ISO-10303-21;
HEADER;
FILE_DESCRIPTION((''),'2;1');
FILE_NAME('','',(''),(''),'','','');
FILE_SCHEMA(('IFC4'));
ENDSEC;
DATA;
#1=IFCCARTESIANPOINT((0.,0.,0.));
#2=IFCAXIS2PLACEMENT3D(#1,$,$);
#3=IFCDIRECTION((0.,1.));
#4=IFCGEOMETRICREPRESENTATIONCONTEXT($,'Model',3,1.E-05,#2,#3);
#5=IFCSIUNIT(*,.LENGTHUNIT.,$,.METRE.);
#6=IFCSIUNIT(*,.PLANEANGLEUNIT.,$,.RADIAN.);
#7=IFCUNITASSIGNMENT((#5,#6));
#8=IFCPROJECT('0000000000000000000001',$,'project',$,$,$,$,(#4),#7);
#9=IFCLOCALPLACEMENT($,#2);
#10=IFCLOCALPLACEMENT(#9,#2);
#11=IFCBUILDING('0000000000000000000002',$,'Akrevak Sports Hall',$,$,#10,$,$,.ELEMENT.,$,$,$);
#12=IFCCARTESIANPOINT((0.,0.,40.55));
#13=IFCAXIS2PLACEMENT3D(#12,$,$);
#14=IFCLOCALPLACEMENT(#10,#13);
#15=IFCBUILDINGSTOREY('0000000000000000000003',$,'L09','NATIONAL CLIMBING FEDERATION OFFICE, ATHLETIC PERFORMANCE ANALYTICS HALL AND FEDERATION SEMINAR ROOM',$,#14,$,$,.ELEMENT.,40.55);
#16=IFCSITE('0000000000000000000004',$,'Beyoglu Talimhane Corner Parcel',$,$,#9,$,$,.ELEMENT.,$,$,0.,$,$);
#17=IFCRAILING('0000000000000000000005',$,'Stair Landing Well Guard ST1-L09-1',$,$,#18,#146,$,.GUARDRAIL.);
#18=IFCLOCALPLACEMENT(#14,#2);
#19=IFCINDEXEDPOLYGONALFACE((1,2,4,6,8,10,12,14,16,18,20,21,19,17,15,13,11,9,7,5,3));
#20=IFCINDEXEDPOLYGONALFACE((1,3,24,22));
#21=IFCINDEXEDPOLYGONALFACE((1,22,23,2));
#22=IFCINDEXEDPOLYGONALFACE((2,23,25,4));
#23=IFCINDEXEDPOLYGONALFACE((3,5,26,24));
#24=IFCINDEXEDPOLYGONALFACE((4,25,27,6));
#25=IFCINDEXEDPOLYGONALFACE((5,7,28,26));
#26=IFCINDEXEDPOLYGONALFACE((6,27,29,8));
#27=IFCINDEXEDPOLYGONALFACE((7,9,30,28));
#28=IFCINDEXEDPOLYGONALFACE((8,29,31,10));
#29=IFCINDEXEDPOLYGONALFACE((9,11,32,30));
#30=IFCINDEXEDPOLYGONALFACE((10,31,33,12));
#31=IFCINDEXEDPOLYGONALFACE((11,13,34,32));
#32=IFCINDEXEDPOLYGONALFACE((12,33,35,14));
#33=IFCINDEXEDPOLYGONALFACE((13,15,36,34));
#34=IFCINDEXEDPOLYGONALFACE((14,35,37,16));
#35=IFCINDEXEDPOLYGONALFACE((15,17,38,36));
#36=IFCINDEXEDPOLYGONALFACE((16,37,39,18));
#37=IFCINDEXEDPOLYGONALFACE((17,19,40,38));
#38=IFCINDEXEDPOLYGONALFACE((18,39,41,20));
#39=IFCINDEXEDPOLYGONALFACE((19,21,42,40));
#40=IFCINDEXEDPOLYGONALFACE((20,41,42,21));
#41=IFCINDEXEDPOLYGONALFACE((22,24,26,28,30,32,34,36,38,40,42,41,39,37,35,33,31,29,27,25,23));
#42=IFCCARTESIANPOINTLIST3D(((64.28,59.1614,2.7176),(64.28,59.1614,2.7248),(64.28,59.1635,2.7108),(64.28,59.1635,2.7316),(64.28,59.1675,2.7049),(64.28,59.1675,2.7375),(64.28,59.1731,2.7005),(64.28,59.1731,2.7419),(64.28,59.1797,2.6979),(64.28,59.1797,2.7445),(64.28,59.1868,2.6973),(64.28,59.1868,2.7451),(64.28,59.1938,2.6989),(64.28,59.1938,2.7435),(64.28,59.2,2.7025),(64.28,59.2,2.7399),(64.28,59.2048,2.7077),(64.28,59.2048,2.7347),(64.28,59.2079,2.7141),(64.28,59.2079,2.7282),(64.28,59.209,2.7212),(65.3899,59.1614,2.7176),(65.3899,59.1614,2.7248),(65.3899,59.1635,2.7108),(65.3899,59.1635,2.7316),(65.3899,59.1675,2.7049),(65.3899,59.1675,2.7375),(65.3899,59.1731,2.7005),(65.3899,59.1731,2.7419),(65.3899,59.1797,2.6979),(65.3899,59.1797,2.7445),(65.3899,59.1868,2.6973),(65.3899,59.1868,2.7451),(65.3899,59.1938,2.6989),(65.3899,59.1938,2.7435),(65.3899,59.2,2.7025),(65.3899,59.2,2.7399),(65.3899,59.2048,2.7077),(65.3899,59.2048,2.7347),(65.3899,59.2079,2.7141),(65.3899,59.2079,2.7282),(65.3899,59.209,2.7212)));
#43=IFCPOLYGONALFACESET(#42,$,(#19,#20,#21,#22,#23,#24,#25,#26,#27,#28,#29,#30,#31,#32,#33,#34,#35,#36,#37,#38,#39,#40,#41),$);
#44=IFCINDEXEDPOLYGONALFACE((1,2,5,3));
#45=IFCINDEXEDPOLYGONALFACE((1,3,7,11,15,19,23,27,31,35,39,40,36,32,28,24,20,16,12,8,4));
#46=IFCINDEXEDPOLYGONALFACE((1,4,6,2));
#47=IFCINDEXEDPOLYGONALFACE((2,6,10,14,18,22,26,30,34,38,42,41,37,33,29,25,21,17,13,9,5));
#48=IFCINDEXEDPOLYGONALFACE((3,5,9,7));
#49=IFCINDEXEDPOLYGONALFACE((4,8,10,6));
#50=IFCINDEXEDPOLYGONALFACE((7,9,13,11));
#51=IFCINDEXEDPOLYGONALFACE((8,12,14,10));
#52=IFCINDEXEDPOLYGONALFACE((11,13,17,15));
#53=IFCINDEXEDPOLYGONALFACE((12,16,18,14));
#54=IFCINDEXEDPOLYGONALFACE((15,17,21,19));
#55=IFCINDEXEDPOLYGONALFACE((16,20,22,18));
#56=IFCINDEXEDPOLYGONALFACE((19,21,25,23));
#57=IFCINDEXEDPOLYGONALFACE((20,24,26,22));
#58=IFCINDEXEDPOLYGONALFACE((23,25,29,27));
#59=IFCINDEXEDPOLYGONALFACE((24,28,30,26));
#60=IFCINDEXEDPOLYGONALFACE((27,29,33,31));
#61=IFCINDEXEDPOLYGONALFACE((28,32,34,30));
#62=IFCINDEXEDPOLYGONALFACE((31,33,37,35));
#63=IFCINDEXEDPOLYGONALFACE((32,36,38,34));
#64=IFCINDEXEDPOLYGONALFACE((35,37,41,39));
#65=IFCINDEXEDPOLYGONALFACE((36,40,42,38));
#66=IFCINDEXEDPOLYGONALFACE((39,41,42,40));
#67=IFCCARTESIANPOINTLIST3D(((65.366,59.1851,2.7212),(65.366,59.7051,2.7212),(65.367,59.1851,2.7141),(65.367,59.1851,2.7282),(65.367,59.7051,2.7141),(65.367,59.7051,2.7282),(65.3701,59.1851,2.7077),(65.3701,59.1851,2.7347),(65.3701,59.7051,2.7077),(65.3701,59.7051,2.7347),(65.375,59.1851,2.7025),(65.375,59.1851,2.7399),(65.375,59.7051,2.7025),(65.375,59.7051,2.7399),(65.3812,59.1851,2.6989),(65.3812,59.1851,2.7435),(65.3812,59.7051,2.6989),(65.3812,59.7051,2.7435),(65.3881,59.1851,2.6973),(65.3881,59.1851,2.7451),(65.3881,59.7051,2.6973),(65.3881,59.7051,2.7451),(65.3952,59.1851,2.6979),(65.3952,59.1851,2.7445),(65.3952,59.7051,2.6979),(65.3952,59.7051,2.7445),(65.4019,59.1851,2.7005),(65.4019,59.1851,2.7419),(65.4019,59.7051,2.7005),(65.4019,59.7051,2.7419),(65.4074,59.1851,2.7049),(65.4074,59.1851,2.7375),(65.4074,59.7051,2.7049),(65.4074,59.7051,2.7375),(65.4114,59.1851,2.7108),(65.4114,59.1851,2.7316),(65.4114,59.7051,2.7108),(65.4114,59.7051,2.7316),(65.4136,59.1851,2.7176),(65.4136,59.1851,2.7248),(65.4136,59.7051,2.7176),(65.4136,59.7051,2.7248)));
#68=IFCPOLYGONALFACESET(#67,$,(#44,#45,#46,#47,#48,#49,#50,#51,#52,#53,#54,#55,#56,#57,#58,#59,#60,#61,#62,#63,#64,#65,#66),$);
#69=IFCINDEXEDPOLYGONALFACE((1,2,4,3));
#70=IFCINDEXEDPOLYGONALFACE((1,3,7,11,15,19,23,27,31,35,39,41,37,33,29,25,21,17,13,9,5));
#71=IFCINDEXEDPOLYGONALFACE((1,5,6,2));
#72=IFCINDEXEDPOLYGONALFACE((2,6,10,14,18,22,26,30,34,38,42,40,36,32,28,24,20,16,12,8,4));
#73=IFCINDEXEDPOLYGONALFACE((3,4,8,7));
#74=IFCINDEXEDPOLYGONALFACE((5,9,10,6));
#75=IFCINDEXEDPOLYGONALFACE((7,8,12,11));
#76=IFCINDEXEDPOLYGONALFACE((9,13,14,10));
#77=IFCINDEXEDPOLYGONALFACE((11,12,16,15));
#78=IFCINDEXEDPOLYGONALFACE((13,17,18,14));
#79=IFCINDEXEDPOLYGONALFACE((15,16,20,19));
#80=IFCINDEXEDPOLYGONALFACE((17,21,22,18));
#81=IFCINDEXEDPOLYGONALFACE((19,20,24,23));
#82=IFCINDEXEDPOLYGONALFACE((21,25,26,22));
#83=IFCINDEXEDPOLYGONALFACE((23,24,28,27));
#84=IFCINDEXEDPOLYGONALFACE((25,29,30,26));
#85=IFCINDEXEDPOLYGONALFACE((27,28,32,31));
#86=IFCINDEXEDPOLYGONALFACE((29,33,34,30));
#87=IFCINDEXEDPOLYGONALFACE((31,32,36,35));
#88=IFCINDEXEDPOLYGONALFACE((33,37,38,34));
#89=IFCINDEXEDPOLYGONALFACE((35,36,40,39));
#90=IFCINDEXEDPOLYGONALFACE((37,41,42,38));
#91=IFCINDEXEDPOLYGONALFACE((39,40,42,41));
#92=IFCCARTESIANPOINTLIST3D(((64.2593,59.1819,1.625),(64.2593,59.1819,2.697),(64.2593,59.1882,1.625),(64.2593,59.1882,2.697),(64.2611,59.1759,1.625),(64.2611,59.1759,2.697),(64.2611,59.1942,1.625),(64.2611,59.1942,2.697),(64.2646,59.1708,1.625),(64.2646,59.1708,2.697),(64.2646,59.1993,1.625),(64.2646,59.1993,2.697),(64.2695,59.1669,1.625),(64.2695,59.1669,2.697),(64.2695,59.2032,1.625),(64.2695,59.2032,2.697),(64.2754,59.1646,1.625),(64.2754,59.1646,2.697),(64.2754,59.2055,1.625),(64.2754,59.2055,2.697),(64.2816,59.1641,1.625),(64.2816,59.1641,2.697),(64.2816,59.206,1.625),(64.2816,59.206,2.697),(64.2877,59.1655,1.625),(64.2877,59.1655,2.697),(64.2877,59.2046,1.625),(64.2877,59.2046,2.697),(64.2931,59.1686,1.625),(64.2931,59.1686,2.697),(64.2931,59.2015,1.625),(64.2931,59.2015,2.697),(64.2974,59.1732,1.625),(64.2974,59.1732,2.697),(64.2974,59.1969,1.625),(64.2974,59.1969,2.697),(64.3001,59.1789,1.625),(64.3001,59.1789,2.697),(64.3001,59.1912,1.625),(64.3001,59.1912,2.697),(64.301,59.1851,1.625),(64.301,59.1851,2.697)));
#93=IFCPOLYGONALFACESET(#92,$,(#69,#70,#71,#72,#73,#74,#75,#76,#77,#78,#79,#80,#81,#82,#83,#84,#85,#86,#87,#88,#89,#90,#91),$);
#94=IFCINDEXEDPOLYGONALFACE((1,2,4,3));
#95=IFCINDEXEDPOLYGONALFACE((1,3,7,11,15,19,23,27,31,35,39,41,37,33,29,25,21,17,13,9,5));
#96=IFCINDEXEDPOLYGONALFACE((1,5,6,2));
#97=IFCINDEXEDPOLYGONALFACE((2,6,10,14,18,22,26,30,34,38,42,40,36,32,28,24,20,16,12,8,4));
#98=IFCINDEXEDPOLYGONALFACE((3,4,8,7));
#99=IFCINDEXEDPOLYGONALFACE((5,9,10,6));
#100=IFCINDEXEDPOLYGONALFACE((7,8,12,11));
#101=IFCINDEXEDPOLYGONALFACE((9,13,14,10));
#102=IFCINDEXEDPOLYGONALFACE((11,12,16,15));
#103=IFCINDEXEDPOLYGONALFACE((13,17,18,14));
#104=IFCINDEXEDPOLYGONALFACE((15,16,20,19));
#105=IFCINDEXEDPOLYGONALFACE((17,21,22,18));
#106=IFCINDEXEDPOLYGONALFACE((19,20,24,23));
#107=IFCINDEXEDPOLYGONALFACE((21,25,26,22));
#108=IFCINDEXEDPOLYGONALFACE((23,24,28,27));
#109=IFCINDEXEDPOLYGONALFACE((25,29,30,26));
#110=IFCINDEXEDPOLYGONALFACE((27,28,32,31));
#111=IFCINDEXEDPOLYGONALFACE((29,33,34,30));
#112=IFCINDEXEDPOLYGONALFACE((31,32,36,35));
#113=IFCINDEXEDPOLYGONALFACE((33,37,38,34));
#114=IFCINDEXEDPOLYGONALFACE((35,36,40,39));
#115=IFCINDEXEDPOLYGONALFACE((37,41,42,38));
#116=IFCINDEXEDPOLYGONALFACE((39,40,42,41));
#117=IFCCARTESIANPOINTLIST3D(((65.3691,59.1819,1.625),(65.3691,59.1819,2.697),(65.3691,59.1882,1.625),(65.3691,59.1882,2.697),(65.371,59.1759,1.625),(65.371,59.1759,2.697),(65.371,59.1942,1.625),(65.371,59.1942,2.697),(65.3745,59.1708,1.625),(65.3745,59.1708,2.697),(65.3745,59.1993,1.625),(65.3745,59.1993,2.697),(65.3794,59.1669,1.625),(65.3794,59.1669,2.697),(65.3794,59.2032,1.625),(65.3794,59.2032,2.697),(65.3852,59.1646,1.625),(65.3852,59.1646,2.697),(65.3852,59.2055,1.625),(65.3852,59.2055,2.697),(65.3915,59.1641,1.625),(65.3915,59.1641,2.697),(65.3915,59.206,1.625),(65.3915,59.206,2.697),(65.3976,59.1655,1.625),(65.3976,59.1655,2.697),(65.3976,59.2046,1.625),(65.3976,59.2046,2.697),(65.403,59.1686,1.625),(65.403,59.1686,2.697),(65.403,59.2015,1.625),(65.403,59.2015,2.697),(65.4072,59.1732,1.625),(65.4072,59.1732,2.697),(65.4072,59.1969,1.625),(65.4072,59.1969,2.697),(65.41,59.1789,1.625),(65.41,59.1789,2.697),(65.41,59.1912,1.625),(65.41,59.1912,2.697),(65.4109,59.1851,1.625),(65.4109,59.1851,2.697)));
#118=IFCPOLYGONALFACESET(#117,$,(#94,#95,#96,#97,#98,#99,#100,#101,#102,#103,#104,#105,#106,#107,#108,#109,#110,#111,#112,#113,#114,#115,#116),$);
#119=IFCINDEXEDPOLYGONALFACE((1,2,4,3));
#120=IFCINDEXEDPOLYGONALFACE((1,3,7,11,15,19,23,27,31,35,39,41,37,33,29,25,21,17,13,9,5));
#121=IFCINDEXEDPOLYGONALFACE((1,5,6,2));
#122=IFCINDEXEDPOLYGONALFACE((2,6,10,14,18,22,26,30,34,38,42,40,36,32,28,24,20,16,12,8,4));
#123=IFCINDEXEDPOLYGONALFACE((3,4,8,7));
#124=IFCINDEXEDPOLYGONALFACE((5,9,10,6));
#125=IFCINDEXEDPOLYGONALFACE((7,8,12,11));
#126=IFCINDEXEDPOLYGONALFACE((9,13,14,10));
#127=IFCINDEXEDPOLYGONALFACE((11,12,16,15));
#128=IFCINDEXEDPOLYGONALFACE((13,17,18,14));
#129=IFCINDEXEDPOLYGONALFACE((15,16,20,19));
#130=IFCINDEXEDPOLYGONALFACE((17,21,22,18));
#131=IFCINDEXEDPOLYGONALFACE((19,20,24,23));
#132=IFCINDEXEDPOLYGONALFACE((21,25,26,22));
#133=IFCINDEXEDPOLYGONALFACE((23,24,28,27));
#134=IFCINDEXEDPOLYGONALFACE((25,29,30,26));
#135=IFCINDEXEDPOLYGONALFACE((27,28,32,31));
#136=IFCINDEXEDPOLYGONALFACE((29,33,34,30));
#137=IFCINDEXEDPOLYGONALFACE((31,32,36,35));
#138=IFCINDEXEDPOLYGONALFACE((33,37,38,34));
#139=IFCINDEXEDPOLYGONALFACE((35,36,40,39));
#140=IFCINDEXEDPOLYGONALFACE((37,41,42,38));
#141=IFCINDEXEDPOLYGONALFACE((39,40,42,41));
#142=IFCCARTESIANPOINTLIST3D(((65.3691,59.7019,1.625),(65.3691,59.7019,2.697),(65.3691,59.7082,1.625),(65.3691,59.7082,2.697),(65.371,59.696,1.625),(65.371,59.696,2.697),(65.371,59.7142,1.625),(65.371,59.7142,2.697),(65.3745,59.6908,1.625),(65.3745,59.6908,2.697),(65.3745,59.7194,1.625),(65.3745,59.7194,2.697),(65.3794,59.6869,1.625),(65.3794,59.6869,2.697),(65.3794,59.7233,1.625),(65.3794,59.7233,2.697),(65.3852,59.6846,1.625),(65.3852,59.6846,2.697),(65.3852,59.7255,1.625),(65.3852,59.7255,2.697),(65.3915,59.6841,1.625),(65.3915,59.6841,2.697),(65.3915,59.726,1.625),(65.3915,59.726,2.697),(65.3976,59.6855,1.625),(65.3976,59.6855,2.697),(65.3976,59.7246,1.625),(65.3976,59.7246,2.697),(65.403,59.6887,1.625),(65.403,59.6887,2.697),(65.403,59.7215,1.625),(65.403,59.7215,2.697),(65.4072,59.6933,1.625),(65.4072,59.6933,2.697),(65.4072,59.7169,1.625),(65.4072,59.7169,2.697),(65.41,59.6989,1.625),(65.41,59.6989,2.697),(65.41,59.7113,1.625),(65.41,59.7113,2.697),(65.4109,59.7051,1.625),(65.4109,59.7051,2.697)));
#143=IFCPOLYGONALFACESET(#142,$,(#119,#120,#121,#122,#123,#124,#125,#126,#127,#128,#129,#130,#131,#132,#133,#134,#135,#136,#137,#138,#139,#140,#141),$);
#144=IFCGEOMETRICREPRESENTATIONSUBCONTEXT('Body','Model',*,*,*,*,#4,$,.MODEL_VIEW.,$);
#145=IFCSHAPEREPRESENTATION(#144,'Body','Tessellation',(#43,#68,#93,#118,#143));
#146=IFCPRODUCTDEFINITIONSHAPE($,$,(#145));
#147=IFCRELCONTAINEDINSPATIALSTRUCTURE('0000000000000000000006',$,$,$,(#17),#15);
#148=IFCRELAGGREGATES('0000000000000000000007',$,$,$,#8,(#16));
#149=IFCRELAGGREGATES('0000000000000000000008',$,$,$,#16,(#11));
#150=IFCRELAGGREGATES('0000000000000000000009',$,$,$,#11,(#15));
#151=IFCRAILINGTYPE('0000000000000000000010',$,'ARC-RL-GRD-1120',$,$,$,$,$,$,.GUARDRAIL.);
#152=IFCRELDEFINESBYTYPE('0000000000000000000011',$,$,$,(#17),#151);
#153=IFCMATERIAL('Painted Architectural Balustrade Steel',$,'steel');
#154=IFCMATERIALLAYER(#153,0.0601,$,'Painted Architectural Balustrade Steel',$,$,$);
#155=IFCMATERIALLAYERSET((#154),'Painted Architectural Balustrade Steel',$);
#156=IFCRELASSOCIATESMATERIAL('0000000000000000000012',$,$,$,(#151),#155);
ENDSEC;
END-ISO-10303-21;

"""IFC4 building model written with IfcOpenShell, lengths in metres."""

from ifc_helpers import new_model, si_unit, direction, frame, origin, origin_2d, place, context, subcontext, project, spatial, circle, extrude, material, layer, layer_set, type_object, element, save


model = new_model("IFC4")

# Units and contexts
model_context = context("Model", 3, precision=1e-05, world=origin(), true_north=direction((0.0, 1.0)))
body_context = subcontext(model_context, "Body", "Model", "MODEL_VIEW")
ifc_project = project(units=[si_unit("LENGTHUNIT", "METRE"), si_unit("PLANEANGLEUNIT", "RADIAN")], contexts=[model_context])

# Site, building, storey
site_placement = place(None, origin())
site = spatial("IfcSite", under=ifc_project, at=site_placement, Name="Beyoglu Talimhane Corner Parcel", CompositionType="ELEMENT", RefElevation=0.0)
building_placement = place(site_placement, origin())
building = spatial("IfcBuilding", under=site, at=building_placement, Name="Akrevak Sports Hall", CompositionType="ELEMENT")
storey_placement = place(building_placement, frame((0.0, 0.0, 40.55)))
storey = spatial("IfcBuildingStorey", under=building, at=storey_placement, Name="L09", Description="NATIONAL CLIMBING FEDERATION OFFICE, ATHLETIC PERFORMANCE ANALYTICS HALL AND FEDERATION SEMINAR ROOM", CompositionType="ELEMENT", Elevation=40.55)

# Railing
ifc_material_1 = material(Name="Painted Architectural Balustrade Steel", Category="steel")
ifc_layer_1 = layer(ifc_material_1, 0.0601, Name="Painted Architectural Balustrade Steel")
ifc_layer_set_1 = layer_set([ifc_layer_1], Name="Painted Architectural Balustrade Steel")
railing_type_1 = type_object("IfcRailingType", Name="ARC-RL-GRD-1120", PredefinedType="GUARDRAIL", material=ifc_layer_set_1)
railing_1_placement = place(storey_placement, frame((64.28, 59.1851, 1.625)))
element("IfcRailing", 1, at=railing_1_placement, inside=storey, type_object=railing_type_1, Name="Stair Landing Well Guard ST1-L09-1", PredefinedType="GUARDRAIL", context=body_context, shape_type="SweptSolid", body=[
    extrude(circle(Radius=0.0239, at=origin_2d()), frame((0.0, 0.0, 1.0962), z_axis=(1.0, 0.0, 0.0), x_axis=(0.0, 1.0, 0.0)), (0.0, 0.0, 1.0), 1.1099),
    extrude(circle(Radius=0.0239, at=origin_2d()), frame((1.1099, 0.0, 1.0962), z_axis=(0.0, 1.0, 0.0), x_axis=(-1.0, 0.0, 0.0)), (0.0, 0.0, 1.0), 0.52),
    extrude(circle(Radius=0.021, at=origin_2d()), origin(), (0.0, 0.0, 1.0), 1.072),
    extrude(circle(Radius=0.021, at=origin_2d()), frame((1.1099, 0.0, 0.0)), (0.0, 0.0, 1.0), 1.072),
    extrude(circle(Radius=0.021, at=origin_2d()), frame((1.1099, 0.52, 0.0)), (0.0, 0.0, 1.0), 1.072),
])

save(model, "model.ifc")
